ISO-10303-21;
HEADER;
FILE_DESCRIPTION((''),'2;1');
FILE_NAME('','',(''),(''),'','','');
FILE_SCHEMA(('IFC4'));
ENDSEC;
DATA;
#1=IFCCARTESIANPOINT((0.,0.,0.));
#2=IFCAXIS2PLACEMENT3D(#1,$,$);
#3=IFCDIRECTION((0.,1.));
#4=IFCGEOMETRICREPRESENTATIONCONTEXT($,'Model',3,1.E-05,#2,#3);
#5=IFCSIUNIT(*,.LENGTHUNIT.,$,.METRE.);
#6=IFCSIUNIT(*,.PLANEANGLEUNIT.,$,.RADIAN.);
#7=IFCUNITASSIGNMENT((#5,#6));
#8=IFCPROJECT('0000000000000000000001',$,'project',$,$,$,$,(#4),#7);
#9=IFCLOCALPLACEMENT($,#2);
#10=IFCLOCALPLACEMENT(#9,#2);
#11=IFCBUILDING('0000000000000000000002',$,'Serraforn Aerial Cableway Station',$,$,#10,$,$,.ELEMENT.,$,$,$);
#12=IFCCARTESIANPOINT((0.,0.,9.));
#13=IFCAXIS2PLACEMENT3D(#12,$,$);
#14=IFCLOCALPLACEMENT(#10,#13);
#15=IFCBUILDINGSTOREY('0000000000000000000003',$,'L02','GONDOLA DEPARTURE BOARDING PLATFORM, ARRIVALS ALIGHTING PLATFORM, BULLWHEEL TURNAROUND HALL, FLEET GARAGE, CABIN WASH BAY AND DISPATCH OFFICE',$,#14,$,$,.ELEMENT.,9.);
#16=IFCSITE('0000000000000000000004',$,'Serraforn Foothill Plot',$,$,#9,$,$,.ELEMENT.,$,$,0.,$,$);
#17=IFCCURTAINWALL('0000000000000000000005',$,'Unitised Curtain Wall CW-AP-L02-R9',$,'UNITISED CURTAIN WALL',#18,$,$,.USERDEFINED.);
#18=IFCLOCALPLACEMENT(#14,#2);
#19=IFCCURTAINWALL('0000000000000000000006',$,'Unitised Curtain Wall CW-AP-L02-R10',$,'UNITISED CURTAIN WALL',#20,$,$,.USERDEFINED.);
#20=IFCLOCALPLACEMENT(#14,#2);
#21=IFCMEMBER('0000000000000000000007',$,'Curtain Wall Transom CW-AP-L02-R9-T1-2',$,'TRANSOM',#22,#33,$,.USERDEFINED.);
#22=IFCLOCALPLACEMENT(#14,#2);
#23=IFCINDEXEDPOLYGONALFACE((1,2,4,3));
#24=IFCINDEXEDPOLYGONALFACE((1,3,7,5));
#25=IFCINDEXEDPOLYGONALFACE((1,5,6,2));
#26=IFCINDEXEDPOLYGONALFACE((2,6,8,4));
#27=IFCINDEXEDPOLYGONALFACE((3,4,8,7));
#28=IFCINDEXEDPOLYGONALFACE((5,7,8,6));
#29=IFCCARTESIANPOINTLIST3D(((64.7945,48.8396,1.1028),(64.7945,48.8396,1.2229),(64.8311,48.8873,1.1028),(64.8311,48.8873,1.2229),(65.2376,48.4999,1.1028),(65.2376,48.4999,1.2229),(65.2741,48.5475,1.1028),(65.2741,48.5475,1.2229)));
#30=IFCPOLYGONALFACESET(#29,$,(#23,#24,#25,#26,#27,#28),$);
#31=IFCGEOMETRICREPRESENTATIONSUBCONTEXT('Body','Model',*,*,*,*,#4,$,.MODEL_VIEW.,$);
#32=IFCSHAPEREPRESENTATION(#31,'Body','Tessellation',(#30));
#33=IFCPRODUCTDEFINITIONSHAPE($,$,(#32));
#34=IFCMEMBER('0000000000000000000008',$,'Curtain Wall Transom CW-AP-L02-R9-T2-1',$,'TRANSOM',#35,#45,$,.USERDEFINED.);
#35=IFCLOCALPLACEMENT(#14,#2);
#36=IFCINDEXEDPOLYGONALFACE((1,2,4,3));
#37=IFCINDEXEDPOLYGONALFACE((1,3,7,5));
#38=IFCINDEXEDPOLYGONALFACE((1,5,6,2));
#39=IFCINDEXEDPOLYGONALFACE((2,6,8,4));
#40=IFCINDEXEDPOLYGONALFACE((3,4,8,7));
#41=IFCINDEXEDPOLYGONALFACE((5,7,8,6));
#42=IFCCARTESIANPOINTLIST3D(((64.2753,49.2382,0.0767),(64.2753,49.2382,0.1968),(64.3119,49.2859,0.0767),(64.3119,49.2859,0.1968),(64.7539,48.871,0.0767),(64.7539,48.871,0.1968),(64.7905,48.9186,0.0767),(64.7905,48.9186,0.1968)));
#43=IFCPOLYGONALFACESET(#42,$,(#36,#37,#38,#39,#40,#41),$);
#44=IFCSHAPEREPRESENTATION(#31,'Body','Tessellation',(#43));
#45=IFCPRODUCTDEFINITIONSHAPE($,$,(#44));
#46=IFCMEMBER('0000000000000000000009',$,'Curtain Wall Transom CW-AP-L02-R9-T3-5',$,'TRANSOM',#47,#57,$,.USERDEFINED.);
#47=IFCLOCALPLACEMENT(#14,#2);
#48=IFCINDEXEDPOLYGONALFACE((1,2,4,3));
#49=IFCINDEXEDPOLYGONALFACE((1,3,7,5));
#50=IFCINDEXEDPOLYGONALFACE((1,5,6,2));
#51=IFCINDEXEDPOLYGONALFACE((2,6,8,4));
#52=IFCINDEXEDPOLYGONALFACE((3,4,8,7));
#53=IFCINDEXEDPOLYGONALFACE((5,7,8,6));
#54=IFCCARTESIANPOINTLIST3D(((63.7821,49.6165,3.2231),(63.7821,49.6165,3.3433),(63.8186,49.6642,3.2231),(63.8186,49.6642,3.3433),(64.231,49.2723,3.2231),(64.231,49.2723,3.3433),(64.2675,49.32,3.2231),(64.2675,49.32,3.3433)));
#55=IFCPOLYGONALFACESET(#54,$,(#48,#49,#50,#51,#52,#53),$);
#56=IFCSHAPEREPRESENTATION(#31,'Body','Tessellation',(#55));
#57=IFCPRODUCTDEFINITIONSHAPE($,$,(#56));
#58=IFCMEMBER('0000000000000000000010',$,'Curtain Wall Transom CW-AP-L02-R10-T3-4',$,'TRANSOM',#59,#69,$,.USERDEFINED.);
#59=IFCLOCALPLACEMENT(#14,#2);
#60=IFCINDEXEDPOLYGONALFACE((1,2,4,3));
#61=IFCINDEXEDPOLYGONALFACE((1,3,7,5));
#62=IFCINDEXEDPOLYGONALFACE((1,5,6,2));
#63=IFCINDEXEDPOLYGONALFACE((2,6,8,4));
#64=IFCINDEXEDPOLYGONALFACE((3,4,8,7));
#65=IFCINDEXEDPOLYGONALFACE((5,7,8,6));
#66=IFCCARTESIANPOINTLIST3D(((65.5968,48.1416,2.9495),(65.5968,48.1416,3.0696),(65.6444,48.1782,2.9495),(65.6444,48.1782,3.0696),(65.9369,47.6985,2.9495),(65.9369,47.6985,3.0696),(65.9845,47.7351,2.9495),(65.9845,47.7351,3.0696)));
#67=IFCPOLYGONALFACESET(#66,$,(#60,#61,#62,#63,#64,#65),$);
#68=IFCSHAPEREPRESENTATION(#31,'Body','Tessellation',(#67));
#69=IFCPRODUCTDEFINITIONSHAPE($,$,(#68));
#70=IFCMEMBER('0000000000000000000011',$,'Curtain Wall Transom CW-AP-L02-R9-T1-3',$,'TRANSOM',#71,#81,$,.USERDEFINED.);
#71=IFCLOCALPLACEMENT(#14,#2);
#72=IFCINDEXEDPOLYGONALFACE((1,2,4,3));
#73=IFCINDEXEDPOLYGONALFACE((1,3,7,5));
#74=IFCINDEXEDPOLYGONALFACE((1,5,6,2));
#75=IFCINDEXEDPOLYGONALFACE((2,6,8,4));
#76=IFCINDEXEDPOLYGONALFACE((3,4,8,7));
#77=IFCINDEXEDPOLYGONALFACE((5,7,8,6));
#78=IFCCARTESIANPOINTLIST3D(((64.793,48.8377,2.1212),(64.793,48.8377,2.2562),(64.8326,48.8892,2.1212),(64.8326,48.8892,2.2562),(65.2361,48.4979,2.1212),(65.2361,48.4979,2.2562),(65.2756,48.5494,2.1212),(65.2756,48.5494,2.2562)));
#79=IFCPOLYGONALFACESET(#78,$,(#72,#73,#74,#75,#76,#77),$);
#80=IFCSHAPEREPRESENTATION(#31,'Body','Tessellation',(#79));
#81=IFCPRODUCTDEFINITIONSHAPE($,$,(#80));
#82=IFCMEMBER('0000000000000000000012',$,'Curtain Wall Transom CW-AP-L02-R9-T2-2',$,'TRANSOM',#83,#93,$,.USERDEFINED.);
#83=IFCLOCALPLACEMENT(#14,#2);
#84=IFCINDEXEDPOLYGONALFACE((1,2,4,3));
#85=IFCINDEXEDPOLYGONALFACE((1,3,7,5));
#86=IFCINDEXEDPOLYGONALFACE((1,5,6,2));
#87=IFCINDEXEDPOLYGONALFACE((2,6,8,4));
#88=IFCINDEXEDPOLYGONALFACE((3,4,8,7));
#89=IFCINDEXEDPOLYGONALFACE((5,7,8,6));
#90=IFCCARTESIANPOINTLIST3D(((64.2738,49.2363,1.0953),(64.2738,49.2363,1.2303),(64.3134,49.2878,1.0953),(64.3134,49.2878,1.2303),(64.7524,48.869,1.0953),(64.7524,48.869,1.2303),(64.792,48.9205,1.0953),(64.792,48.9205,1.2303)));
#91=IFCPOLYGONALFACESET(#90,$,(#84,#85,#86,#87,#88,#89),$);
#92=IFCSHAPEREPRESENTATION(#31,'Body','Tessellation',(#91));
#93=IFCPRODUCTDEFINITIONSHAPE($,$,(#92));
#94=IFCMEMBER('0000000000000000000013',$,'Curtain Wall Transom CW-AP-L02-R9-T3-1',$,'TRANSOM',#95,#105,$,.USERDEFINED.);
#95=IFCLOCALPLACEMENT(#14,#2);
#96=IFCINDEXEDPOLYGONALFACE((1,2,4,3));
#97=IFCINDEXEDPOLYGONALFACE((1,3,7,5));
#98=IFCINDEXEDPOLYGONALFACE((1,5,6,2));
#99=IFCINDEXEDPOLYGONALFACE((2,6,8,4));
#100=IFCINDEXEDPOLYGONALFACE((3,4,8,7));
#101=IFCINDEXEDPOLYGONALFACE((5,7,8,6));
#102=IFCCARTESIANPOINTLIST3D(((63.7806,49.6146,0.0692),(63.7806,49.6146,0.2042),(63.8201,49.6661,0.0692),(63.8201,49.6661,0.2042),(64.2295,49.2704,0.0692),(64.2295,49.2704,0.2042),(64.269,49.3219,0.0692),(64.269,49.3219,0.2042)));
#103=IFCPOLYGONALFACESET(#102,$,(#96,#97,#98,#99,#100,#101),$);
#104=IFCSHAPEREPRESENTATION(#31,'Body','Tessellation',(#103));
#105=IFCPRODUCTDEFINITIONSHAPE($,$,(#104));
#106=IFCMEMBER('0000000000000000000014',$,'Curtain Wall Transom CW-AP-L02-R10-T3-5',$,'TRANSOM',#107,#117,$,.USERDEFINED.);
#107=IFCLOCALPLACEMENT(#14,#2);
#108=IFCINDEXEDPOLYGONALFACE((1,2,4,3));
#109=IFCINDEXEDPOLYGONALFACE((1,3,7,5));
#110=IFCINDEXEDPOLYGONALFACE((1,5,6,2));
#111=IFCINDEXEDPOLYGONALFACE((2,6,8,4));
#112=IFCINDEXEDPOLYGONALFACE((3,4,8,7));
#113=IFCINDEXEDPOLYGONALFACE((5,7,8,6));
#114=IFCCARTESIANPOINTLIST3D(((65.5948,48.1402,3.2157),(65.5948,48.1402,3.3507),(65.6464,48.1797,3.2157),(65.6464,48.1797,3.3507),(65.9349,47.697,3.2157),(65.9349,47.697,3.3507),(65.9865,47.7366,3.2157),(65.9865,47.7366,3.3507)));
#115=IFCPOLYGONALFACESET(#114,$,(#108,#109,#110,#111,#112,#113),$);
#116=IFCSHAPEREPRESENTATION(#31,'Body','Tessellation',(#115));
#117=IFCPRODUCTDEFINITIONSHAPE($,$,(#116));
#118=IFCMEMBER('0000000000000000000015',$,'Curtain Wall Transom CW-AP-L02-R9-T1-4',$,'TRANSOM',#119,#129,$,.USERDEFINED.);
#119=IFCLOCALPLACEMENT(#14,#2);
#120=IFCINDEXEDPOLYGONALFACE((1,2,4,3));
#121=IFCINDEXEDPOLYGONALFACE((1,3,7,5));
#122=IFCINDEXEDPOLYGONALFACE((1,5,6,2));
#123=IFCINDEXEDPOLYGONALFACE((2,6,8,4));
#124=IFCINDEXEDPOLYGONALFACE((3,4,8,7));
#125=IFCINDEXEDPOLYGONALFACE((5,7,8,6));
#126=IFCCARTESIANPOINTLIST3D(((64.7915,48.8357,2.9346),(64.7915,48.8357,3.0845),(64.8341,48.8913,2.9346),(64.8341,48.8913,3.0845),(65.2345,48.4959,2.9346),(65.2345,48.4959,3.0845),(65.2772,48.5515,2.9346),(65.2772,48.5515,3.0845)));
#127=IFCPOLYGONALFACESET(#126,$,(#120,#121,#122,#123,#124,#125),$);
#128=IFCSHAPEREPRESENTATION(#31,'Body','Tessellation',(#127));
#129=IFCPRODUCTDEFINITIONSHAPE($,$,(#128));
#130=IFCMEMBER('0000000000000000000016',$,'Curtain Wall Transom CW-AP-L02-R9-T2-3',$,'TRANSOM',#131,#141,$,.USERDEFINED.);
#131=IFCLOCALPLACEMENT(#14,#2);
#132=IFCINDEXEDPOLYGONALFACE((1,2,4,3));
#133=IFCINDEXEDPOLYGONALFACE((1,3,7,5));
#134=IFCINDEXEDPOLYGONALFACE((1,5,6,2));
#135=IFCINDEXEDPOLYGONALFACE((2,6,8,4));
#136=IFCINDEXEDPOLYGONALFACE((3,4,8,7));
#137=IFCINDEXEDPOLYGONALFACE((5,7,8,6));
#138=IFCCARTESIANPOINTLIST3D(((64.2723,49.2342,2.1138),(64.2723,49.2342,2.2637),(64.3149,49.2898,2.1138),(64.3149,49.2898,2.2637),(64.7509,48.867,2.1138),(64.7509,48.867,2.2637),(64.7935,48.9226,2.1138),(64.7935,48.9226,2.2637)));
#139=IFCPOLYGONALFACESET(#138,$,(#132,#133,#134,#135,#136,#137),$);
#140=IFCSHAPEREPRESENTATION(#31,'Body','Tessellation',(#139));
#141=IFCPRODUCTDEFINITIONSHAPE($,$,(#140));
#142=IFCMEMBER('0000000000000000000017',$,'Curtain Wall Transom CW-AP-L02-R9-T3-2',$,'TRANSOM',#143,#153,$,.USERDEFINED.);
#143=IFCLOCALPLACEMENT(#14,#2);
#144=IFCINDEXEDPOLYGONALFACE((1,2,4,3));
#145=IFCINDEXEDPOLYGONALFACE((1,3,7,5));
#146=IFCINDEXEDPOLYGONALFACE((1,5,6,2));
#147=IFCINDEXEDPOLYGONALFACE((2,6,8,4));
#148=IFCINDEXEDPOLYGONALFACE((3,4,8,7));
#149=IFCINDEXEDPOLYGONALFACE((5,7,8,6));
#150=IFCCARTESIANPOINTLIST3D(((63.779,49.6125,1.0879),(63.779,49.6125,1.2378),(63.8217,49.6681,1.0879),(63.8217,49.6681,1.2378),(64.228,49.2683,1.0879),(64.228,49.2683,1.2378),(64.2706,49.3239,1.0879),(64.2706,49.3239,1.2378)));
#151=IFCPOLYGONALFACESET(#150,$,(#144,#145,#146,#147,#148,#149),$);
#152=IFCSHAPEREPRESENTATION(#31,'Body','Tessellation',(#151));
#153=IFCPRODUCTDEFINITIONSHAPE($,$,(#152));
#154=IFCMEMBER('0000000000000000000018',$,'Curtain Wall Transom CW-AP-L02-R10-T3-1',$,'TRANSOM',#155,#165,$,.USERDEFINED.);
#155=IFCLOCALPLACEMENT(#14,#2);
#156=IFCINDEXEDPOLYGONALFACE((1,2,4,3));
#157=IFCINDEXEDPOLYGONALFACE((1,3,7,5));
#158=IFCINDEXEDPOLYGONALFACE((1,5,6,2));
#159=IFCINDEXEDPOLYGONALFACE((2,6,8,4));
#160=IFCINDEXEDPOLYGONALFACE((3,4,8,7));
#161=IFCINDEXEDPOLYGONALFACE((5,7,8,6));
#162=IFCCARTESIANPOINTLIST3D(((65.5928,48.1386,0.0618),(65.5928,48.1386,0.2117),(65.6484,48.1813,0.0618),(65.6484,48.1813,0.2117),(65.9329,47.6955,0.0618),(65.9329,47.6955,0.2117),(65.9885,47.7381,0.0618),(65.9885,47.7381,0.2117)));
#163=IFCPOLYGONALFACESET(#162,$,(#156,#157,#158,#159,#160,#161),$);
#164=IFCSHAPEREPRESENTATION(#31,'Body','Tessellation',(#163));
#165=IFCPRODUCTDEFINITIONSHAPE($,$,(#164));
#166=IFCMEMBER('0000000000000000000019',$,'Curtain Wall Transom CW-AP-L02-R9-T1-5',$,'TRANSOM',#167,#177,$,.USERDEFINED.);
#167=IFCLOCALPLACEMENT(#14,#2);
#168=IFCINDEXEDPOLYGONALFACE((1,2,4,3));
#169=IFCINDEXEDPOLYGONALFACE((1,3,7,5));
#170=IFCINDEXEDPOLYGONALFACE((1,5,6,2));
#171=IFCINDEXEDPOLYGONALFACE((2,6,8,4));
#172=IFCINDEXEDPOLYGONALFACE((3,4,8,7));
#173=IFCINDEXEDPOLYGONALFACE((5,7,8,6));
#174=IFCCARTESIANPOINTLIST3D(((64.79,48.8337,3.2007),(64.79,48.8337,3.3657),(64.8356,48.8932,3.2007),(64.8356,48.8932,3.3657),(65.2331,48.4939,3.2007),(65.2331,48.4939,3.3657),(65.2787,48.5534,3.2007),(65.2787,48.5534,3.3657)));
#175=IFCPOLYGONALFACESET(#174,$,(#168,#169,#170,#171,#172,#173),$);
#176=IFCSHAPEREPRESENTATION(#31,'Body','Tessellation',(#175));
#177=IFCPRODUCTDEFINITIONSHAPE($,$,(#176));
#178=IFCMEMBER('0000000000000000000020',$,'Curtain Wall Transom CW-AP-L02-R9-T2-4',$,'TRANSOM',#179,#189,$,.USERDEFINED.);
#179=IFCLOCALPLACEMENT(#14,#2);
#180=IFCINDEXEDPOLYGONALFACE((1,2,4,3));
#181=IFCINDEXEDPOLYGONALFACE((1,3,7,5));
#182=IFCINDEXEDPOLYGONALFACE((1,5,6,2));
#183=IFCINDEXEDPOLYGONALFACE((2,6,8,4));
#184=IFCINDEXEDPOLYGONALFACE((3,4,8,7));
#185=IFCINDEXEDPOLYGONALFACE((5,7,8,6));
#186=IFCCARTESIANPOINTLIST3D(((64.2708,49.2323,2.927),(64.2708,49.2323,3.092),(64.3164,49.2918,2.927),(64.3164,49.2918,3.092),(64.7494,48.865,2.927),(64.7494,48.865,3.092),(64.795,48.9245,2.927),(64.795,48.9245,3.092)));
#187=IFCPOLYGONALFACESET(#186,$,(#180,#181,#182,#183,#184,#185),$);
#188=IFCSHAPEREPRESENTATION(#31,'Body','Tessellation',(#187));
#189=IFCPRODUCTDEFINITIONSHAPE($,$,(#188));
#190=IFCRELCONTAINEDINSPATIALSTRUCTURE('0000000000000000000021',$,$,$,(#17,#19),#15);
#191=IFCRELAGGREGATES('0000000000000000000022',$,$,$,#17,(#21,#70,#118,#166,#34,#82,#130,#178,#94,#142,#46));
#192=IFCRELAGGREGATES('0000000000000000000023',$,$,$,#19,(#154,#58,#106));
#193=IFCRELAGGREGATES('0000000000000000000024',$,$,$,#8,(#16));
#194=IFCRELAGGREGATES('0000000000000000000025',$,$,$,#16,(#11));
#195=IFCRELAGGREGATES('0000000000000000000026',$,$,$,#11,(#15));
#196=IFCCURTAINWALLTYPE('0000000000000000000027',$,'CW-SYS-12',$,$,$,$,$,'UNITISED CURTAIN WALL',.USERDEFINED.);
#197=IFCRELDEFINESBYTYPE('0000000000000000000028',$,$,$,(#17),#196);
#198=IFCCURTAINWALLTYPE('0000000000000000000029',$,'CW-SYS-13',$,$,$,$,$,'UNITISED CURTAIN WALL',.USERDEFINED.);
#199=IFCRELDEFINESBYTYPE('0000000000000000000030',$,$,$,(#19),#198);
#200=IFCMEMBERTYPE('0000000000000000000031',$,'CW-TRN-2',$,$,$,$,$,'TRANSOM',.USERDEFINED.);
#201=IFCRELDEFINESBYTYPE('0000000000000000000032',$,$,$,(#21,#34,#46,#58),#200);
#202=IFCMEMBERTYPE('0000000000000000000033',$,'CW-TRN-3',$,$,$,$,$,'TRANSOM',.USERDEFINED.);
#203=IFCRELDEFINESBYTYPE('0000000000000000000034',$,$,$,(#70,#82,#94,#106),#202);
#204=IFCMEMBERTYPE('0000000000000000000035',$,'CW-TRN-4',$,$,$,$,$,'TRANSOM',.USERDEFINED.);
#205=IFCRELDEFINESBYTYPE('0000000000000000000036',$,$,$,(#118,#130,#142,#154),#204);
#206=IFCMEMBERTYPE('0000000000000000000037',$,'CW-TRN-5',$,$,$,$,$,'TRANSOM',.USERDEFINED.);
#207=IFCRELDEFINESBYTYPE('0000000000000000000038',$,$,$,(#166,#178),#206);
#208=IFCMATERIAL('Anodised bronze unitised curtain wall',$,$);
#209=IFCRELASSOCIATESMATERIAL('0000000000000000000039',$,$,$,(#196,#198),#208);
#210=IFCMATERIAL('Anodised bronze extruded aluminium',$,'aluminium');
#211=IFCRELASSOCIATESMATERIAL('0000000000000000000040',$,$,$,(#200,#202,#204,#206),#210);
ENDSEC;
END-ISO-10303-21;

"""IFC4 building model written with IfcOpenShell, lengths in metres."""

from ifc_helpers import new_model, si_unit, direction, frame, origin, origin_2d, place, context, subcontext, project, spatial, rectangle, extrude, material, material_profile, profile_set, type_object, element, aggregate, save


model = new_model("IFC4")

# Units and contexts
model_context = context("Model", 3, precision=1e-05, world=origin(), true_north=direction((0.0, 1.0)))
body_context = subcontext(model_context, "Body", "Model", "MODEL_VIEW")
ifc_project = project(units=[si_unit("LENGTHUNIT", "METRE"), si_unit("PLANEANGLEUNIT", "RADIAN")], contexts=[model_context])

# Site, building, storey
site_placement = place(None, origin())
site = spatial("IfcSite", under=ifc_project, at=site_placement, Name="Serraforn Foothill Plot", CompositionType="ELEMENT", RefElevation=0.0)
building_placement = place(site_placement, origin())
building = spatial("IfcBuilding", under=site, at=building_placement, Name="Serraforn Aerial Cableway Station", CompositionType="ELEMENT")
storey_placement = place(building_placement, frame((0.0, 0.0, 9.0)))
storey = spatial("IfcBuildingStorey", under=building, at=storey_placement, Name="L02", Description="GONDOLA DEPARTURE BOARDING PLATFORM, ARRIVALS ALIGHTING PLATFORM, BULLWHEEL TURNAROUND HALL, FLEET GARAGE, CABIN WASH BAY AND DISPATCH OFFICE", CompositionType="ELEMENT", Elevation=9.0)

# Curtain walls
ifc_material_1 = material(Name="Anodised bronze unitised curtain wall")
curtain_wall_type_1 = type_object("IfcCurtainWallType", Name="CW-SYS-12", ElementType="UNITISED CURTAIN WALL", PredefinedType="USERDEFINED", material=ifc_material_1)
curtain_wall_1_placement = place(storey_placement, origin())
curtain_wall_1 = element("IfcCurtainWall", 1, at=curtain_wall_1_placement, inside=storey, type_object=curtain_wall_type_1, Name="Unitised Curtain Wall CW-AP-L02-R9", ObjectType="UNITISED CURTAIN WALL", PredefinedType="USERDEFINED")
ifc_material_2 = material(Name="Anodised bronze extruded aluminium", Category="aluminium")
curtain_wall_type_2 = type_object("IfcCurtainWallType", Name="CW-SYS-13", ElementType="UNITISED CURTAIN WALL", PredefinedType="USERDEFINED", material=ifc_material_1)
curtain_wall_2_placement = place(storey_placement, origin())
curtain_wall_2 = element("IfcCurtainWall", 2, at=curtain_wall_2_placement, inside=storey, type_object=curtain_wall_type_2, Name="Unitised Curtain Wall CW-AP-L02-R10", ObjectType="UNITISED CURTAIN WALL", PredefinedType="USERDEFINED")

# Members
ifc_material_profile_1 = material_profile(ifc_material_2, rectangle(XDim=0.0601, YDim=0.1201, at=origin_2d()), Name="CW TRANSOM 60x120")
ifc_profile_set_1 = profile_set([ifc_material_profile_1], Name="Anodised bronze extruded aluminium")
member_type_1 = type_object("IfcMemberType", Name="CW-TRN-2", ElementType="TRANSOM", PredefinedType="USERDEFINED", material=ifc_profile_set_1)
member_1_placement = place(storey_placement, frame((65.2559, 48.5237, 1.1628), z_axis=(-0.793501, 0.608569, 0.0), x_axis=(-0.608569, -0.793501, 0.0)))
member_1 = element("IfcMember", 3, at=member_1_placement, type_object=member_type_1, Name="Curtain Wall Transom CW-AP-L02-R9-T1-2", ObjectType="TRANSOM", PredefinedType="USERDEFINED", context=body_context, shape_type="SweptSolid", body=[
    extrude(rectangle(XDim=0.0601, YDim=0.1201, at=origin_2d()), origin(), (0.0, 0.0, 1.0), 0.5583),
])
member_2_placement = place(storey_placement, frame((64.7722, 48.8948, 0.1367), z_axis=(-0.793346, 0.608771, 0.0), x_axis=(-0.608771, -0.793346, 0.0)))
member_2 = element("IfcMember", 4, at=member_2_placement, type_object=member_type_1, Name="Curtain Wall Transom CW-AP-L02-R9-T2-1", ObjectType="TRANSOM", PredefinedType="USERDEFINED", context=body_context, shape_type="SweptSolid", body=[
    extrude(rectangle(XDim=0.0601, YDim=0.1201, at=origin_2d()), origin(), (0.0, 0.0, 1.0), 0.6033),
])
member_3_placement = place(storey_placement, frame((64.2493, 49.2961, 3.2832), z_axis=(-0.793586, 0.608459, 0.0), x_axis=(-0.608459, -0.793586, 0.0)))
member_3 = element("IfcMember", 5, at=member_3_placement, type_object=member_type_1, Name="Curtain Wall Transom CW-AP-L02-R9-T3-5", ObjectType="TRANSOM", PredefinedType="USERDEFINED", context=body_context, shape_type="SweptSolid", body=[
    extrude(rectangle(XDim=0.0601, YDim=0.1201, at=origin_2d()), origin(), (0.0, 0.0, 1.0), 0.5657),
])
member_4_placement = place(storey_placement, frame((65.9607, 47.7168, 3.0095), z_axis=(-0.608844, 0.79329, 0.0), x_axis=(-0.79329, -0.608844, 0.0)))
member_4 = element("IfcMember", 6, at=member_4_placement, type_object=member_type_1, Name="Curtain Wall Transom CW-AP-L02-R10-T3-4", ObjectType="TRANSOM", PredefinedType="USERDEFINED", context=body_context, shape_type="SweptSolid", body=[
    extrude(rectangle(XDim=0.0601, YDim=0.1201, at=origin_2d()), origin(), (0.0, 0.0, 1.0), 0.5586),
])
ifc_material_profile_2 = material_profile(ifc_material_2, rectangle(XDim=0.0649, YDim=0.135, at=origin_2d()), Name="CW TRANSOM 65x135")
ifc_profile_set_2 = profile_set([ifc_material_profile_2], Name="Anodised bronze extruded aluminium")
member_type_2 = type_object("IfcMemberType", Name="CW-TRN-3", ElementType="TRANSOM", PredefinedType="USERDEFINED", material=ifc_profile_set_2)
member_5_placement = place(storey_placement, frame((65.2559, 48.5237, 2.1887), z_axis=(-0.793501, 0.608569, 0.0), x_axis=(-0.608569, -0.793501, 0.0)))
member_5 = element("IfcMember", 7, at=member_5_placement, type_object=member_type_2, Name="Curtain Wall Transom CW-AP-L02-R9-T1-3", ObjectType="TRANSOM", PredefinedType="USERDEFINED", context=body_context, shape_type="SweptSolid", body=[
    extrude(rectangle(XDim=0.0649, YDim=0.135, at=origin_2d()), origin(), (0.0, 0.0, 1.0), 0.5583),
])
member_6_placement = place(storey_placement, frame((64.7722, 48.8948, 1.1628), z_axis=(-0.793346, 0.608771, 0.0), x_axis=(-0.608771, -0.793346, 0.0)))
member_6 = element("IfcMember", 8, at=member_6_placement, type_object=member_type_2, Name="Curtain Wall Transom CW-AP-L02-R9-T2-2", ObjectType="TRANSOM", PredefinedType="USERDEFINED", context=body_context, shape_type="SweptSolid", body=[
    extrude(rectangle(XDim=0.0649, YDim=0.135, at=origin_2d()), origin(), (0.0, 0.0, 1.0), 0.6033),
])
member_7_placement = place(storey_placement, frame((64.2493, 49.2961, 0.1367), z_axis=(-0.793586, 0.608459, 0.0), x_axis=(-0.608459, -0.793586, 0.0)))
member_7 = element("IfcMember", 9, at=member_7_placement, type_object=member_type_2, Name="Curtain Wall Transom CW-AP-L02-R9-T3-1", ObjectType="TRANSOM", PredefinedType="USERDEFINED", context=body_context, shape_type="SweptSolid", body=[
    extrude(rectangle(XDim=0.0649, YDim=0.135, at=origin_2d()), origin(), (0.0, 0.0, 1.0), 0.5657),
])
member_8_placement = place(storey_placement, frame((65.9607, 47.7168, 3.2832), z_axis=(-0.608844, 0.79329, 0.0), x_axis=(-0.79329, -0.608844, 0.0)))
member_8 = element("IfcMember", 10, at=member_8_placement, type_object=member_type_2, Name="Curtain Wall Transom CW-AP-L02-R10-T3-5", ObjectType="TRANSOM", PredefinedType="USERDEFINED", context=body_context, shape_type="SweptSolid", body=[
    extrude(rectangle(XDim=0.0649, YDim=0.135, at=origin_2d()), origin(), (0.0, 0.0, 1.0), 0.5586),
])
ifc_material_profile_3 = material_profile(ifc_material_2, rectangle(XDim=0.0701, YDim=0.1499, at=origin_2d()), Name="CW TRANSOM 70x150")
ifc_profile_set_3 = profile_set([ifc_material_profile_3], Name="Anodised bronze extruded aluminium")
member_type_3 = type_object("IfcMemberType", Name="CW-TRN-4", ElementType="TRANSOM", PredefinedType="USERDEFINED", material=ifc_profile_set_3)
member_9_placement = place(storey_placement, frame((65.2559, 48.5237, 3.0095), z_axis=(-0.793501, 0.608569, 0.0), x_axis=(-0.608569, -0.793501, 0.0)))
member_9 = element("IfcMember", 11, at=member_9_placement, type_object=member_type_3, Name="Curtain Wall Transom CW-AP-L02-R9-T1-4", ObjectType="TRANSOM", PredefinedType="USERDEFINED", context=body_context, shape_type="SweptSolid", body=[
    extrude(rectangle(XDim=0.0701, YDim=0.1499, at=origin_2d()), origin(), (0.0, 0.0, 1.0), 0.5583),
])
member_10_placement = place(storey_placement, frame((64.7722, 48.8948, 2.1887), z_axis=(-0.793346, 0.608771, 0.0), x_axis=(-0.608771, -0.793346, 0.0)))
member_10 = element("IfcMember", 12, at=member_10_placement, type_object=member_type_3, Name="Curtain Wall Transom CW-AP-L02-R9-T2-3", ObjectType="TRANSOM", PredefinedType="USERDEFINED", context=body_context, shape_type="SweptSolid", body=[
    extrude(rectangle(XDim=0.0701, YDim=0.1499, at=origin_2d()), origin(), (0.0, 0.0, 1.0), 0.6033),
])
member_11_placement = place(storey_placement, frame((64.2493, 49.2961, 1.1628), z_axis=(-0.793586, 0.608459, 0.0), x_axis=(-0.608459, -0.793586, 0.0)))
member_11 = element("IfcMember", 13, at=member_11_placement, type_object=member_type_3, Name="Curtain Wall Transom CW-AP-L02-R9-T3-2", ObjectType="TRANSOM", PredefinedType="USERDEFINED", context=body_context, shape_type="SweptSolid", body=[
    extrude(rectangle(XDim=0.0701, YDim=0.1499, at=origin_2d()), origin(), (0.0, 0.0, 1.0), 0.5657),
])
member_12_placement = place(storey_placement, frame((65.9607, 47.7168, 0.1367), z_axis=(-0.608844, 0.79329, 0.0), x_axis=(-0.79329, -0.608844, 0.0)))
member_12 = element("IfcMember", 14, at=member_12_placement, type_object=member_type_3, Name="Curtain Wall Transom CW-AP-L02-R10-T3-1", ObjectType="TRANSOM", PredefinedType="USERDEFINED", context=body_context, shape_type="SweptSolid", body=[
    extrude(rectangle(XDim=0.0701, YDim=0.1499, at=origin_2d()), origin(), (0.0, 0.0, 1.0), 0.5586),
])
ifc_material_profile_4 = material_profile(ifc_material_2, rectangle(XDim=0.075, YDim=0.165, at=origin_2d()), Name="CW TRANSOM 75x165")
ifc_profile_set_4 = profile_set([ifc_material_profile_4], Name="Anodised bronze extruded aluminium")
member_type_4 = type_object("IfcMemberType", Name="CW-TRN-5", ElementType="TRANSOM", PredefinedType="USERDEFINED", material=ifc_profile_set_4)
member_13_placement = place(storey_placement, frame((65.2559, 48.5237, 3.2832), z_axis=(-0.793501, 0.608569, 0.0), x_axis=(-0.608569, -0.793501, 0.0)))
member_13 = element("IfcMember", 15, at=member_13_placement, type_object=member_type_4, Name="Curtain Wall Transom CW-AP-L02-R9-T1-5", ObjectType="TRANSOM", PredefinedType="USERDEFINED", context=body_context, shape_type="SweptSolid", body=[
    extrude(rectangle(XDim=0.075, YDim=0.165, at=origin_2d()), origin(), (0.0, 0.0, 1.0), 0.5583),
])
member_14_placement = place(storey_placement, frame((64.7722, 48.8948, 3.0095), z_axis=(-0.793346, 0.608771, 0.0), x_axis=(-0.608771, -0.793346, 0.0)))
member_14 = element("IfcMember", 16, at=member_14_placement, type_object=member_type_4, Name="Curtain Wall Transom CW-AP-L02-R9-T2-4", ObjectType="TRANSOM", PredefinedType="USERDEFINED", context=body_context, shape_type="SweptSolid", body=[
    extrude(rectangle(XDim=0.075, YDim=0.165, at=origin_2d()), origin(), (0.0, 0.0, 1.0), 0.6033),
])

aggregate(curtain_wall_1, [member_1, member_5, member_9, member_13, member_2, member_6, member_10, member_14, member_7, member_11, member_3])
aggregate(curtain_wall_2, [member_12, member_4, member_8])

save(model, "model.ifc")
